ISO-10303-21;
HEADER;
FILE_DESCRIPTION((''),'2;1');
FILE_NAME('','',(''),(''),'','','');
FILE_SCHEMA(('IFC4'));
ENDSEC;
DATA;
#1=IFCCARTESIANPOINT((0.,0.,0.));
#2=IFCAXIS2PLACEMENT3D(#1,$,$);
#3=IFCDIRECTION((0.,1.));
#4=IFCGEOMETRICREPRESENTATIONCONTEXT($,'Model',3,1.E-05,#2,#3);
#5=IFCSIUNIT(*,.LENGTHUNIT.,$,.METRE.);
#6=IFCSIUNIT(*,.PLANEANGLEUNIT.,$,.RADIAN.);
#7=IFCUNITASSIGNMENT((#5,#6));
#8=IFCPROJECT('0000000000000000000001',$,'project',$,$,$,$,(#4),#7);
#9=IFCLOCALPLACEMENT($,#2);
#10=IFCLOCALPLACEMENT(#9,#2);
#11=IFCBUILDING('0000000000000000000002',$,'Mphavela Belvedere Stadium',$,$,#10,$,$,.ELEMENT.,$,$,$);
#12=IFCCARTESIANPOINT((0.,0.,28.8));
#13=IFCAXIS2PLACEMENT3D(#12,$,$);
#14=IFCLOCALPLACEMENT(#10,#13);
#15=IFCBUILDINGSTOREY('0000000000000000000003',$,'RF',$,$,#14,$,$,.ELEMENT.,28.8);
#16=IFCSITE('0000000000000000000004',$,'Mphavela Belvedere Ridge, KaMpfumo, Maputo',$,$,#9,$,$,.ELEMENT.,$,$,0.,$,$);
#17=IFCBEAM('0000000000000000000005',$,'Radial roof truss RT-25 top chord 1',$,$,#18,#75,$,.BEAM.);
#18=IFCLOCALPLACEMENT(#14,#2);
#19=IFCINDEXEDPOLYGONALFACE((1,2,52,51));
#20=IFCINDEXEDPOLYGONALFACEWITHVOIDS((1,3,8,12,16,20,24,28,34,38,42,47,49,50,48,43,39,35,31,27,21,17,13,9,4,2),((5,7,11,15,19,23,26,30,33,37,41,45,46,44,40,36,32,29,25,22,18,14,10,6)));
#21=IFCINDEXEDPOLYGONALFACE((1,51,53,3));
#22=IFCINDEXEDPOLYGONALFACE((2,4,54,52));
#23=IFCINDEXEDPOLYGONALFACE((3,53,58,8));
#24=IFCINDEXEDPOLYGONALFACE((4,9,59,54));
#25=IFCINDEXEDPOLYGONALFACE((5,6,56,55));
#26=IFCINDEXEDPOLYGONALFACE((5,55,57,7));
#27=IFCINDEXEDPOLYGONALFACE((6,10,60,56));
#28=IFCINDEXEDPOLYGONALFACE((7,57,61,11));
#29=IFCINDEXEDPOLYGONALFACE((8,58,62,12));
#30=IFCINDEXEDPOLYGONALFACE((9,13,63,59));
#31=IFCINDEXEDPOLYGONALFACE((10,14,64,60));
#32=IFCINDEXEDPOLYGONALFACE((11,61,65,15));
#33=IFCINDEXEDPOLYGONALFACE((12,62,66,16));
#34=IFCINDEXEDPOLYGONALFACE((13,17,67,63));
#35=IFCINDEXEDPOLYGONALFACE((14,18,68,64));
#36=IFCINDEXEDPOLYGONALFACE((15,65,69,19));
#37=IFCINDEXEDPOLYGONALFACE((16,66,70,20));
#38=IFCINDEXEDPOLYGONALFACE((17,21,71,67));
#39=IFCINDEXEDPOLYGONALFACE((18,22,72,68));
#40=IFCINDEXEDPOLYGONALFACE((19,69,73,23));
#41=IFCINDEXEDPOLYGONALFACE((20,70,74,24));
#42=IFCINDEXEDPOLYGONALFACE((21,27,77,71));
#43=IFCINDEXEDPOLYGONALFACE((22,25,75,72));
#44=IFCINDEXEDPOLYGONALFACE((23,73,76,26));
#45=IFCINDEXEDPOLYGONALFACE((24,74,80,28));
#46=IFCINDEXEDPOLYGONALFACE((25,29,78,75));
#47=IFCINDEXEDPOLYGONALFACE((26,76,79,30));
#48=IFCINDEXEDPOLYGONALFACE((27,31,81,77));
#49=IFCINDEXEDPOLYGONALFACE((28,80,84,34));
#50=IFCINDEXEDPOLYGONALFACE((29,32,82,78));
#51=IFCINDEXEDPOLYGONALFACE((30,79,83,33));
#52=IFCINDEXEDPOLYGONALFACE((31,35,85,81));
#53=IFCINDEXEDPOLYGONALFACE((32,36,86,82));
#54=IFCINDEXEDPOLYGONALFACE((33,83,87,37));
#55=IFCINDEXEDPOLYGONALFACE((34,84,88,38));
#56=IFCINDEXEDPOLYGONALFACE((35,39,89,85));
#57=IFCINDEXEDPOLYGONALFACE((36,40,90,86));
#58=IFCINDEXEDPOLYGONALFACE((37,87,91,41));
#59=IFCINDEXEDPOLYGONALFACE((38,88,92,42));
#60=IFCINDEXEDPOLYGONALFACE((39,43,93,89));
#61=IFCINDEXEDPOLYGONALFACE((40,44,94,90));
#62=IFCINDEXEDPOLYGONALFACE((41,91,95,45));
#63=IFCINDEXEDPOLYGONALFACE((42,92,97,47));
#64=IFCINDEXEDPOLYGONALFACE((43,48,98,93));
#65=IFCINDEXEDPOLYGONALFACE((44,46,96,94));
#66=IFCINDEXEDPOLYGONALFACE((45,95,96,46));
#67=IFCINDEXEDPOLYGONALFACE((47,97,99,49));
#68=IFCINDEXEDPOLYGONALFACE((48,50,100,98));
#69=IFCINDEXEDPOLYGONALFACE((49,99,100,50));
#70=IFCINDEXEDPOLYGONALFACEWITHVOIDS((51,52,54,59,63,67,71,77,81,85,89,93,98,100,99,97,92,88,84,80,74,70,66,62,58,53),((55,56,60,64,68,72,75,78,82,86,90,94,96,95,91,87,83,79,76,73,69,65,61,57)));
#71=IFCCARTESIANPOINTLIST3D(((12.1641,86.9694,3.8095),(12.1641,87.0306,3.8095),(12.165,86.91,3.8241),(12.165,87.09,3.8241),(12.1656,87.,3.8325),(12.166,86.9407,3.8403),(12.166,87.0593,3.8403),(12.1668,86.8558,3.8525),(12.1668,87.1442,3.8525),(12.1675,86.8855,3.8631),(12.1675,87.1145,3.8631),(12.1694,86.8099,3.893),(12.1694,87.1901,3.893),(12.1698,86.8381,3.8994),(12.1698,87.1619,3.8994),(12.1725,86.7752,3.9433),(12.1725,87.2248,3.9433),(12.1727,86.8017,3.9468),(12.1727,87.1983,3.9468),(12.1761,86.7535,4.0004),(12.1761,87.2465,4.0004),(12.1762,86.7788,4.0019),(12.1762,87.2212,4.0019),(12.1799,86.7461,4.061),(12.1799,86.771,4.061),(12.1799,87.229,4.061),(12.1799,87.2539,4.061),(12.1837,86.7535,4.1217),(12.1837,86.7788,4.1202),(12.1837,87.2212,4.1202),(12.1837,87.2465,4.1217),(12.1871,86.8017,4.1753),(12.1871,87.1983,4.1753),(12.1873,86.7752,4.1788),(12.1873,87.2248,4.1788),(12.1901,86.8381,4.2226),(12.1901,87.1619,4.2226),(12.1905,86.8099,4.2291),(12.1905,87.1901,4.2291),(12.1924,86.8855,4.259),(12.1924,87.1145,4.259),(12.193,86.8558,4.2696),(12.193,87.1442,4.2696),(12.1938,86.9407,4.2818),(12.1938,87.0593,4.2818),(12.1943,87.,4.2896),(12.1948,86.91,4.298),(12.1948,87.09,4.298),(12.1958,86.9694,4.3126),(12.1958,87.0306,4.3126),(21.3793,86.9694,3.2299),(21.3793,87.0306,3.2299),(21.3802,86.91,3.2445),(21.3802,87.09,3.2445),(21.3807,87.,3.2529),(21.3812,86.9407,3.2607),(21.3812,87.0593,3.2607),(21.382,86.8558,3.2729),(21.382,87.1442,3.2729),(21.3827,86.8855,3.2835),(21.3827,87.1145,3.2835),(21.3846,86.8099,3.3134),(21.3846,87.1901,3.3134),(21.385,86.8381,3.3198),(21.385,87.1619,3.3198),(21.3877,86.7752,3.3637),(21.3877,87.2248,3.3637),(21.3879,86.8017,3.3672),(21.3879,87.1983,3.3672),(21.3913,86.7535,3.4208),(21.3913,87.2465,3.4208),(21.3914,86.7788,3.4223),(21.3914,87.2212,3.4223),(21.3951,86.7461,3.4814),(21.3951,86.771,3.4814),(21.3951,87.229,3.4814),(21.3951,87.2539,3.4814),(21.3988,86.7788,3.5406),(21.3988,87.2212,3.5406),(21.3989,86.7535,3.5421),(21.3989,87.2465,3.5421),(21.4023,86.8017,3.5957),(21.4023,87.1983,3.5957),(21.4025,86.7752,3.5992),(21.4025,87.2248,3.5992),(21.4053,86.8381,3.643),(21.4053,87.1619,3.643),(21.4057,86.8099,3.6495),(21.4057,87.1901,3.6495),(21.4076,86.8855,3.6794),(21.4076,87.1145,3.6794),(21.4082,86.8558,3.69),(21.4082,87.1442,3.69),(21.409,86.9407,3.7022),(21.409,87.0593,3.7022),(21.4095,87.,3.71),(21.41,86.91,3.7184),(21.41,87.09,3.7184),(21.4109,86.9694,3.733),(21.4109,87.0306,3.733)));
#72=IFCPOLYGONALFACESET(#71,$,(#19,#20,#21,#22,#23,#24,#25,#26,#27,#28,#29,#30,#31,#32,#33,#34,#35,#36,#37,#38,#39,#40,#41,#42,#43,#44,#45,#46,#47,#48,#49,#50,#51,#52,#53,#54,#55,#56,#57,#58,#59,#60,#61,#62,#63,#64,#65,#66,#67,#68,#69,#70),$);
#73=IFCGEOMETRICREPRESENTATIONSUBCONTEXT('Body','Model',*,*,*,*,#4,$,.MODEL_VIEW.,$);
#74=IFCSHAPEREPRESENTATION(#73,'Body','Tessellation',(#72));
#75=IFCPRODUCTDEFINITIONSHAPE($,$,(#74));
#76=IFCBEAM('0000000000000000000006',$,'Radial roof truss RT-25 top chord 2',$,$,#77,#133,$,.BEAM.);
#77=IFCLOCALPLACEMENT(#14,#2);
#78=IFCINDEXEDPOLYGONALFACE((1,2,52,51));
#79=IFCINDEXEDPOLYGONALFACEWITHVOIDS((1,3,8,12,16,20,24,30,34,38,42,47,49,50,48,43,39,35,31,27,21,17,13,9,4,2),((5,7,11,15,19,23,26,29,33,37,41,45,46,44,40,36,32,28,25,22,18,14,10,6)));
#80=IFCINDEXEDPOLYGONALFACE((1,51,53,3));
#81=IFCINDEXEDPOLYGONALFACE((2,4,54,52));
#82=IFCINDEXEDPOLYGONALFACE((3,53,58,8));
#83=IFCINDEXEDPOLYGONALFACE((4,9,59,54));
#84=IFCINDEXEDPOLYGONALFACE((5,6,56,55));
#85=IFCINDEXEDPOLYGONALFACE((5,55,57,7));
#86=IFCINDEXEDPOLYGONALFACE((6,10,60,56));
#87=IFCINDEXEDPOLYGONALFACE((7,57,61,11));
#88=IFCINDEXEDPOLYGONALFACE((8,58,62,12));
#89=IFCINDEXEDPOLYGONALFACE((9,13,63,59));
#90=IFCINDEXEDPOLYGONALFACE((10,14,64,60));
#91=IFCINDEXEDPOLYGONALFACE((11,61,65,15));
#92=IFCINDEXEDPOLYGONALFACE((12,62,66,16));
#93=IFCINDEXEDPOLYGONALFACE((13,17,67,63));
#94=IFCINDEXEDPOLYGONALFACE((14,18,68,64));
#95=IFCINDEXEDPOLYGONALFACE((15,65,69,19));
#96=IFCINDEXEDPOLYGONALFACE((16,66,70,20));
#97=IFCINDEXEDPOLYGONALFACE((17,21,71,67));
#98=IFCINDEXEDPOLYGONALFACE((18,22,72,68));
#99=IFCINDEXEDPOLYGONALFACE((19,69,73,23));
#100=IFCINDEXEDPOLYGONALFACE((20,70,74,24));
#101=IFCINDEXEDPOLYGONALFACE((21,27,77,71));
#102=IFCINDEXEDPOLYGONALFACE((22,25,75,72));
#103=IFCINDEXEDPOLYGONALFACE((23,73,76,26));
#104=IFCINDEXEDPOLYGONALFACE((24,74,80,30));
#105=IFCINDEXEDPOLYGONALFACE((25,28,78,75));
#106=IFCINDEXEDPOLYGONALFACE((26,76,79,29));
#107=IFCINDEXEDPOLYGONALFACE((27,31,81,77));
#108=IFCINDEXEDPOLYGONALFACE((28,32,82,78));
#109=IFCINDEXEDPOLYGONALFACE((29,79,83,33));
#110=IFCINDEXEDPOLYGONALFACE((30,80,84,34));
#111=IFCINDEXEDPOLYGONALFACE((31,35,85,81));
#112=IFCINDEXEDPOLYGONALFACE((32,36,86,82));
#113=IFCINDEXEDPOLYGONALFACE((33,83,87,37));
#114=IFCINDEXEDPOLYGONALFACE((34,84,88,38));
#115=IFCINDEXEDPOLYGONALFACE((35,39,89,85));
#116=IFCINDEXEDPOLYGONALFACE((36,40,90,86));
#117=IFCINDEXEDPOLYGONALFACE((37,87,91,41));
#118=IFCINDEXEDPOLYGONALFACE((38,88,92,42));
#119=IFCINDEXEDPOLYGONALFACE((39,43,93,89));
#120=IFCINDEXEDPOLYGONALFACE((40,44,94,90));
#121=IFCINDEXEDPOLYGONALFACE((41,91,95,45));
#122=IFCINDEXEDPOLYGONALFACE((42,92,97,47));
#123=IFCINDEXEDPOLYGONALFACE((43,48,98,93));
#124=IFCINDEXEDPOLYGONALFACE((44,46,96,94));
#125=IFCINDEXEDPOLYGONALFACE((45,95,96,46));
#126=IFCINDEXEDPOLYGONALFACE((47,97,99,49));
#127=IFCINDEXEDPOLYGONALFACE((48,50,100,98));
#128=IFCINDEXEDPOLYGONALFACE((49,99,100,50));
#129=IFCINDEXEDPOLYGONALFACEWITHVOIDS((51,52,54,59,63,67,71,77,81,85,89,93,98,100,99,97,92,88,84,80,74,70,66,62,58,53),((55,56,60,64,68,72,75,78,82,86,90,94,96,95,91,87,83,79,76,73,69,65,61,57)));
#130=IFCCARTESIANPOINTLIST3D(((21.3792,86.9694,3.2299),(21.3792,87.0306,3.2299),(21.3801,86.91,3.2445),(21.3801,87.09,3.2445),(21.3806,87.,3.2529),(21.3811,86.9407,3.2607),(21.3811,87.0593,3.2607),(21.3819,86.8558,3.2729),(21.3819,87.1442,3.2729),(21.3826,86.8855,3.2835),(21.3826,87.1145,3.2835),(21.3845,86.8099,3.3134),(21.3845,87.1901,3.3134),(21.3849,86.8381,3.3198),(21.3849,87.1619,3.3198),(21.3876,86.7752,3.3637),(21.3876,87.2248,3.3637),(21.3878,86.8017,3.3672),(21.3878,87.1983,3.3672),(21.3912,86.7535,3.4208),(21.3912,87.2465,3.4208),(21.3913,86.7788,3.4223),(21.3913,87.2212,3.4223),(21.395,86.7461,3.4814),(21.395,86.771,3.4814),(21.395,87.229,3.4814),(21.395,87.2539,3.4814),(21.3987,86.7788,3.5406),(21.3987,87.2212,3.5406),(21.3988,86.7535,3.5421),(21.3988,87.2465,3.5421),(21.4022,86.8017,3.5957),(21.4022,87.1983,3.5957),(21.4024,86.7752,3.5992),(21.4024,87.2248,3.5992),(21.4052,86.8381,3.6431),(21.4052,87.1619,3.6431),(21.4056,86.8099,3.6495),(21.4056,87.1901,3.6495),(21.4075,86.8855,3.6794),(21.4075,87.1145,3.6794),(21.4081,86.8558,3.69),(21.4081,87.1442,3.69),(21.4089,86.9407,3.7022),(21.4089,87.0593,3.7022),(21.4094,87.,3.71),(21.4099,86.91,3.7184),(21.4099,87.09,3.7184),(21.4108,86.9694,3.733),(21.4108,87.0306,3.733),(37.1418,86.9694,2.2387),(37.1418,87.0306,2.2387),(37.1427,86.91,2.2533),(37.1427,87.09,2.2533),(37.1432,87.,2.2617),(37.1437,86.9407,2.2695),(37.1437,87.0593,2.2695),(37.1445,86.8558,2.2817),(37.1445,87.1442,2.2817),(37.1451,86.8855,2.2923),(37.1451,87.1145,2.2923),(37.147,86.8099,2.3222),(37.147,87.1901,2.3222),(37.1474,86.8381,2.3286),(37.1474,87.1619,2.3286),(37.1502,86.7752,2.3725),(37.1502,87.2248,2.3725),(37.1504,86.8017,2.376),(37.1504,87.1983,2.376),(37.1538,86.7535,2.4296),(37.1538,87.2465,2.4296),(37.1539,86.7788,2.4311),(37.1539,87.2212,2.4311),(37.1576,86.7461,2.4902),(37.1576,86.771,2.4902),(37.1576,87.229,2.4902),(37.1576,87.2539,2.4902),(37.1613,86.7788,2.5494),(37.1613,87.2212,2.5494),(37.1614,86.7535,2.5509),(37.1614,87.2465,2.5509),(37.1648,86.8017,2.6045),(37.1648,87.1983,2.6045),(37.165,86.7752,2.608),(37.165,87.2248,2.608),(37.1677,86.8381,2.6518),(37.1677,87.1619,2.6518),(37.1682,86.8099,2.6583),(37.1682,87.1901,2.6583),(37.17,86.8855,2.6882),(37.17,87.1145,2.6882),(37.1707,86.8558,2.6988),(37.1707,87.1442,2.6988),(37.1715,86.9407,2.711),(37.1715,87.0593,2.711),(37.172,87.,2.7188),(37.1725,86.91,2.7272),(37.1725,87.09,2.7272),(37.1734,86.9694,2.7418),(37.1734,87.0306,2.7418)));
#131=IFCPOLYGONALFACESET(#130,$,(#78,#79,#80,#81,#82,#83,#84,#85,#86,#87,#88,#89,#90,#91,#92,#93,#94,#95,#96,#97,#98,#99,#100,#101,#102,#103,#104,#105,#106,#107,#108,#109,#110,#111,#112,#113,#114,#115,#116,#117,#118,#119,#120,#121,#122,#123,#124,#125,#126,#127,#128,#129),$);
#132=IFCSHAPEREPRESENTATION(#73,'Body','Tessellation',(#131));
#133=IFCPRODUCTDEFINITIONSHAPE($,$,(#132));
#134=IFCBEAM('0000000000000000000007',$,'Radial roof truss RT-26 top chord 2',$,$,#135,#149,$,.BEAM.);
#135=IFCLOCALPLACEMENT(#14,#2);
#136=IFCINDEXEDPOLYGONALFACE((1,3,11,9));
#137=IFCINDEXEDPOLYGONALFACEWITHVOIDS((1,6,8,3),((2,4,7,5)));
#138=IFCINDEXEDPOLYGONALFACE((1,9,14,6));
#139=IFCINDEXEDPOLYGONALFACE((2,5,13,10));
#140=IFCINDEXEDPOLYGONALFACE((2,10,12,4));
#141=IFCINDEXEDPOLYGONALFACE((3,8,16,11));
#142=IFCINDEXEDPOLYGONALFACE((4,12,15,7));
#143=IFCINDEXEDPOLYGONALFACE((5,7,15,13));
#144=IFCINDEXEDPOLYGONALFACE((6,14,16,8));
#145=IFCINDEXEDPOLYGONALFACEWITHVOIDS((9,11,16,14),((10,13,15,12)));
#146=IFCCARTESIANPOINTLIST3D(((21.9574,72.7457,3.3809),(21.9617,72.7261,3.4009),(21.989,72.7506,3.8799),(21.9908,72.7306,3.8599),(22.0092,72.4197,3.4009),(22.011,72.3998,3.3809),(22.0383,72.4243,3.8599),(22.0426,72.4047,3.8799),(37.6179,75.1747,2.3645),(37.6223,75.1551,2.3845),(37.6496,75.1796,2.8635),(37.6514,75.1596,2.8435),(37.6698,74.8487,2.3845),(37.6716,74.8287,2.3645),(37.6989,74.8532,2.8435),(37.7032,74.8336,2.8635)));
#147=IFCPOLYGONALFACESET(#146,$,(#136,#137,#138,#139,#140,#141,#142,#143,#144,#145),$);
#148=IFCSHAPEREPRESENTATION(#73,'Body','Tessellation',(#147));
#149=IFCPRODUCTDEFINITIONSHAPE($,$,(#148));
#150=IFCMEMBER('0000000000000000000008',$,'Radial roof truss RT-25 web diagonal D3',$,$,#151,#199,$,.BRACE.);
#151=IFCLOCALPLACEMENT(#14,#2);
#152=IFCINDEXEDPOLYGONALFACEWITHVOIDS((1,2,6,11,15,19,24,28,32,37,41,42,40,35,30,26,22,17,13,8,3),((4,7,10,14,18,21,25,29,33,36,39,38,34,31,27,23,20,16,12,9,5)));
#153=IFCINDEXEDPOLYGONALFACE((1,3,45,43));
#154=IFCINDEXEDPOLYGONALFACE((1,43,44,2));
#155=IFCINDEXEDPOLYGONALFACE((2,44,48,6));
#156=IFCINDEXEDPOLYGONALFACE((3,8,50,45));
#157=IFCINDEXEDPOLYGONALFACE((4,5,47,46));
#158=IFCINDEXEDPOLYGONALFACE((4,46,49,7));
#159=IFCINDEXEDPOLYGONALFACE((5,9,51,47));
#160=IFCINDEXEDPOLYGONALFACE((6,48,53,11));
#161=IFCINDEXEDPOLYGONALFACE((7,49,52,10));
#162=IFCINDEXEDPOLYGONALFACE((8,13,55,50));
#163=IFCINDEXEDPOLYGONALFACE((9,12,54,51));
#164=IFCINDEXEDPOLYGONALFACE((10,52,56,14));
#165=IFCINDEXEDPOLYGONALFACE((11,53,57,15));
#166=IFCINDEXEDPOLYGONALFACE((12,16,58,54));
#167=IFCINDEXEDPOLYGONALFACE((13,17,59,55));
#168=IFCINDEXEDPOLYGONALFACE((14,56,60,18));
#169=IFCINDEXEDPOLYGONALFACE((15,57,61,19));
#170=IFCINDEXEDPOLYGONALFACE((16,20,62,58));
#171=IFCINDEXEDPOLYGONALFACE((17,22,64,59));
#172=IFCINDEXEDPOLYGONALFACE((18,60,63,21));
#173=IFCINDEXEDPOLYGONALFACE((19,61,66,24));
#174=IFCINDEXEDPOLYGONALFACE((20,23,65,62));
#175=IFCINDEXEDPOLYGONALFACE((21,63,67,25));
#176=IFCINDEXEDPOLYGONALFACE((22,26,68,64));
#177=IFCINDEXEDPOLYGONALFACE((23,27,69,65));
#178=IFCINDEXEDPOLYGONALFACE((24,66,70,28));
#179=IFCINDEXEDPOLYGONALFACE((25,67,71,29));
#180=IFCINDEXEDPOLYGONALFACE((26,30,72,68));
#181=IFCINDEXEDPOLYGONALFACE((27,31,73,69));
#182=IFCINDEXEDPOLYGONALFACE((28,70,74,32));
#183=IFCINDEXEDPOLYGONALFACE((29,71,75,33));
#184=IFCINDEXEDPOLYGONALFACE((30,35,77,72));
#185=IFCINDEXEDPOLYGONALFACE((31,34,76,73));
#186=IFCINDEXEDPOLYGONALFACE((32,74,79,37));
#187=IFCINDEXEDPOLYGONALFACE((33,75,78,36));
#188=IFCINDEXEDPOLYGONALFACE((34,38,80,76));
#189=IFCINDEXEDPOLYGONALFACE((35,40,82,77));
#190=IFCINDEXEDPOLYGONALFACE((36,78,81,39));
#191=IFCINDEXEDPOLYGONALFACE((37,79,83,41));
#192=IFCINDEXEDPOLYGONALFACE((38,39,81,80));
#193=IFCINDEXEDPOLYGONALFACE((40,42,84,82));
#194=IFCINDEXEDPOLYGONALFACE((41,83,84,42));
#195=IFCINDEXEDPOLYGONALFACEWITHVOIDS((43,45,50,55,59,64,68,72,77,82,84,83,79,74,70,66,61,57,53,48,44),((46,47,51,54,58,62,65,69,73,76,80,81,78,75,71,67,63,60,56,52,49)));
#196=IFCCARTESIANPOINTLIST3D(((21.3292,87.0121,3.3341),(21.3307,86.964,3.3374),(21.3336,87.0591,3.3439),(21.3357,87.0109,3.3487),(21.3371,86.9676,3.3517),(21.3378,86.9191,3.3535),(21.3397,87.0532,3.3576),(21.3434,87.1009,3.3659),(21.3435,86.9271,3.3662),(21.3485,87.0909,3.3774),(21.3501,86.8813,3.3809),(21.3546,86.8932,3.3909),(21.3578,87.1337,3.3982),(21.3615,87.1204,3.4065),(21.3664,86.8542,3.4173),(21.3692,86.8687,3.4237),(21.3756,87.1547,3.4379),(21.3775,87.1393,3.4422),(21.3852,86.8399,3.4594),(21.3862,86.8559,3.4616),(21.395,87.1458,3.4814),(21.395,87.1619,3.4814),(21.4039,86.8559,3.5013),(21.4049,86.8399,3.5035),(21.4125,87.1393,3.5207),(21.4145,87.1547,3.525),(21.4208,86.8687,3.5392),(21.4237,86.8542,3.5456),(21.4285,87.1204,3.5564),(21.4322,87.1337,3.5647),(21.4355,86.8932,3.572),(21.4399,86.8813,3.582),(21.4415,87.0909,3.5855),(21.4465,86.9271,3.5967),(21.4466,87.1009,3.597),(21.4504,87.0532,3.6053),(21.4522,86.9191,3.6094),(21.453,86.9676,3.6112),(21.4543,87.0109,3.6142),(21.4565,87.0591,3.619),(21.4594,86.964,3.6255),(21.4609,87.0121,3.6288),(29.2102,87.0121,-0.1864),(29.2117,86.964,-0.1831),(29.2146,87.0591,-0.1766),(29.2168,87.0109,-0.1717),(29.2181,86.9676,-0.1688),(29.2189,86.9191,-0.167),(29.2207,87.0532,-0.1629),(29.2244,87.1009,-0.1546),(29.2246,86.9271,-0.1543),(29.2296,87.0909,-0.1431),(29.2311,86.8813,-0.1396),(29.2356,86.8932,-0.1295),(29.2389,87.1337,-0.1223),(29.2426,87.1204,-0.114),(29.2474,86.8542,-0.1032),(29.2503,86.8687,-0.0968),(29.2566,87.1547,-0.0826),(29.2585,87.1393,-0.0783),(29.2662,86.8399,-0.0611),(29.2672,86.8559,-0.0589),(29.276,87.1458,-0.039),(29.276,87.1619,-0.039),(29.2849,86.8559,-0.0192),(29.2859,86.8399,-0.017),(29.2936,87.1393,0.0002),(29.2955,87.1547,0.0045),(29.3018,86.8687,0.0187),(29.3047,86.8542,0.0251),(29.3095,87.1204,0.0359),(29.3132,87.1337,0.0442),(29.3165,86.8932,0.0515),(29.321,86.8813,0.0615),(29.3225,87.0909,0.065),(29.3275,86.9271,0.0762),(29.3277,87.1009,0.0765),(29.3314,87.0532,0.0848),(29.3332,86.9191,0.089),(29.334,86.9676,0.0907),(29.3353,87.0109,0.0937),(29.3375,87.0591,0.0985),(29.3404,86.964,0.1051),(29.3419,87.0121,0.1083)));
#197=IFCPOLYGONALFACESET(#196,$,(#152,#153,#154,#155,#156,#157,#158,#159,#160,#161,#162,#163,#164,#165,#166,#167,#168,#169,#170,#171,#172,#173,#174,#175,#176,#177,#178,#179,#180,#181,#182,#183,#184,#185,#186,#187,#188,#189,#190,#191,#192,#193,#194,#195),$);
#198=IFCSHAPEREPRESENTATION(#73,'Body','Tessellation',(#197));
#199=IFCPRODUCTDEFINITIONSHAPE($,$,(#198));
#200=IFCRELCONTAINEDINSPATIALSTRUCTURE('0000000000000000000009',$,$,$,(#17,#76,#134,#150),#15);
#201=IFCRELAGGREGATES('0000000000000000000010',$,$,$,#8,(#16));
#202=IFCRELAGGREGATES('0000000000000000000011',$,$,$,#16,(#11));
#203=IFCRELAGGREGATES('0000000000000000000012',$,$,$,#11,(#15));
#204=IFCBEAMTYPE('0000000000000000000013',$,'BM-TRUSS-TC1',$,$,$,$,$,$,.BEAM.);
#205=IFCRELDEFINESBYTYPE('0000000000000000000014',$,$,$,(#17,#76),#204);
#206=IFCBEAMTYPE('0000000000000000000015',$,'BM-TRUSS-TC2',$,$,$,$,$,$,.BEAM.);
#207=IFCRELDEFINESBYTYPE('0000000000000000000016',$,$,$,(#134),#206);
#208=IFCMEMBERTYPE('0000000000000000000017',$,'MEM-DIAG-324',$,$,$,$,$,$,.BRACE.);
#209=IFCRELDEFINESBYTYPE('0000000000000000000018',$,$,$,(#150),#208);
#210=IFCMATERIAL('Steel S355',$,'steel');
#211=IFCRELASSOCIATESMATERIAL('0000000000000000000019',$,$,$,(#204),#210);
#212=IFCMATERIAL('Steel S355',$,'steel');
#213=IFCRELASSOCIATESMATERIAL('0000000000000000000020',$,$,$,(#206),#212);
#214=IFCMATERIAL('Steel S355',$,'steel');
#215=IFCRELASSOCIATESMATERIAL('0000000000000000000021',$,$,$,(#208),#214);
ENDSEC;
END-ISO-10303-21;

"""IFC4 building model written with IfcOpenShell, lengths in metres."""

from ifc_helpers import new_model, si_unit, direction, frame, origin, origin_2d, place, context, subcontext, project, spatial, hollow_rectangle, hollow_circle, extrude, material, material_profile, profile_set, type_object, element, save


model = new_model("IFC4")

# Units and contexts
model_context = context("Model", 3, precision=1e-05, world=origin(), true_north=direction((0.0, 1.0)))
body_context = subcontext(model_context, "Body", "Model", "MODEL_VIEW")
ifc_project = project(units=[si_unit("LENGTHUNIT", "METRE"), si_unit("PLANEANGLEUNIT", "RADIAN")], contexts=[model_context])

# Site, building, storey
site_placement = place(None, origin())
site = spatial("IfcSite", under=ifc_project, at=site_placement, Name="Mphavela Belvedere Ridge, KaMpfumo, Maputo", CompositionType="ELEMENT", RefElevation=0.0)
building_placement = place(site_placement, origin())
building = spatial("IfcBuilding", under=site, at=building_placement, Name="Mphavela Belvedere Stadium", CompositionType="ELEMENT")
storey_placement = place(building_placement, frame((0.0, 0.0, 28.8)))
storey = spatial("IfcBuildingStorey", under=building, at=storey_placement, Name="RF", CompositionType="ELEMENT", Elevation=28.8)

# Beams
ifc_material_1 = material(Name="Steel S355", Category="steel")
ifc_material_profile_1 = material_profile(ifc_material_1, hollow_circle(Radius=0.2539, WallThickness=0.0249, at=origin_2d()), Name="CHS 508x25")
ifc_profile_set_1 = profile_set([ifc_material_profile_1], Name="Steel S355")
beam_type_1 = type_object("IfcBeamType", Name="BM-TRUSS-TC1", PredefinedType="BEAM", material=ifc_profile_set_1)
beam_1_placement = place(storey_placement, frame((12.1799, 87.0, 4.061), z_axis=(0.998028, 0.0, -0.062772), x_axis=(0.0, 1.0, 0.0)))
element("IfcBeam", 1, at=beam_1_placement, inside=storey, type_object=beam_type_1, Name="Radial roof truss RT-25 top chord 1", PredefinedType="BEAM", context=body_context, shape_type="SweptSolid", body=[
    extrude(hollow_circle(Radius=0.2539, WallThickness=0.0249, at=origin_2d()), origin(), (0.0, 0.0, 1.0), 9.2334),
])
beam_2_placement = place(storey_placement, frame((21.395, 87.0, 3.4814), z_axis=(0.998029, 0.0, -0.06276), x_axis=(0.0, 1.0, 0.0)))
element("IfcBeam", 2, at=beam_2_placement, inside=storey, type_object=beam_type_1, Name="Radial roof truss RT-25 top chord 2", PredefinedType="BEAM", context=body_context, shape_type="SweptSolid", body=[
    extrude(hollow_circle(Radius=0.2539, WallThickness=0.0249, at=origin_2d()), origin(), (0.0, 0.0, 1.0), 15.7937),
])
ifc_material_2 = material(Name="Steel S355", Category="steel")
ifc_material_profile_2 = material_profile(ifc_material_2, hollow_rectangle(XDim=0.3501, YDim=0.5, WallThickness=0.02, at=origin_2d()), Name="RHS 500x350x20")
ifc_profile_set_2 = profile_set([ifc_material_profile_2], Name="Steel S355")
beam_type_2 = type_object("IfcBeamType", Name="BM-TRUSS-TC2", PredefinedType="BEAM", material=ifc_profile_set_2)
beam_3_placement = place(storey_placement, frame((22.0, 72.5752, 3.6304), z_axis=(0.986159, 0.152953, -0.064001), x_axis=(-0.153267, 0.988185, 0.0)))
element("IfcBeam", 3, at=beam_3_placement, inside=storey, type_object=beam_type_2, Name="Radial roof truss RT-26 top chord 2", PredefinedType="BEAM", context=body_context, shape_type="SweptSolid", body=[
    extrude(hollow_rectangle(XDim=0.3501, YDim=0.5, WallThickness=0.02, at=origin_2d()), origin(), (0.0, 0.0, 1.0), 15.8804),
])

# Member
ifc_material_3 = material(Name="Steel S355", Category="steel")
ifc_material_profile_3 = material_profile(ifc_material_3, hollow_circle(Radius=0.1619, WallThickness=0.0161, at=origin_2d()), Name="CHS 323.9x16")
ifc_profile_set_3 = profile_set([ifc_material_profile_3], Name="Steel S355")
member_type_1 = type_object("IfcMemberType", Name="MEM-DIAG-324", PredefinedType="BRACE", material=ifc_profile_set_3)
member_1_placement = place(storey_placement, frame((21.395, 87.0, 3.4814), z_axis=(0.913045, 0.0, -0.407859), x_axis=(0.0, 1.0, 0.0)))
element("IfcMember", 4, at=member_1_placement, inside=storey, type_object=member_type_1, Name="Radial roof truss RT-25 web diagonal D3", PredefinedType="BRACE", context=body_context, shape_type="SweptSolid", body=[
    extrude(hollow_circle(Radius=0.1619, WallThickness=0.0161, at=origin_2d()), origin(), (0.0, 0.0, 1.0), 8.6316),
])

save(model, "model.ifc")
